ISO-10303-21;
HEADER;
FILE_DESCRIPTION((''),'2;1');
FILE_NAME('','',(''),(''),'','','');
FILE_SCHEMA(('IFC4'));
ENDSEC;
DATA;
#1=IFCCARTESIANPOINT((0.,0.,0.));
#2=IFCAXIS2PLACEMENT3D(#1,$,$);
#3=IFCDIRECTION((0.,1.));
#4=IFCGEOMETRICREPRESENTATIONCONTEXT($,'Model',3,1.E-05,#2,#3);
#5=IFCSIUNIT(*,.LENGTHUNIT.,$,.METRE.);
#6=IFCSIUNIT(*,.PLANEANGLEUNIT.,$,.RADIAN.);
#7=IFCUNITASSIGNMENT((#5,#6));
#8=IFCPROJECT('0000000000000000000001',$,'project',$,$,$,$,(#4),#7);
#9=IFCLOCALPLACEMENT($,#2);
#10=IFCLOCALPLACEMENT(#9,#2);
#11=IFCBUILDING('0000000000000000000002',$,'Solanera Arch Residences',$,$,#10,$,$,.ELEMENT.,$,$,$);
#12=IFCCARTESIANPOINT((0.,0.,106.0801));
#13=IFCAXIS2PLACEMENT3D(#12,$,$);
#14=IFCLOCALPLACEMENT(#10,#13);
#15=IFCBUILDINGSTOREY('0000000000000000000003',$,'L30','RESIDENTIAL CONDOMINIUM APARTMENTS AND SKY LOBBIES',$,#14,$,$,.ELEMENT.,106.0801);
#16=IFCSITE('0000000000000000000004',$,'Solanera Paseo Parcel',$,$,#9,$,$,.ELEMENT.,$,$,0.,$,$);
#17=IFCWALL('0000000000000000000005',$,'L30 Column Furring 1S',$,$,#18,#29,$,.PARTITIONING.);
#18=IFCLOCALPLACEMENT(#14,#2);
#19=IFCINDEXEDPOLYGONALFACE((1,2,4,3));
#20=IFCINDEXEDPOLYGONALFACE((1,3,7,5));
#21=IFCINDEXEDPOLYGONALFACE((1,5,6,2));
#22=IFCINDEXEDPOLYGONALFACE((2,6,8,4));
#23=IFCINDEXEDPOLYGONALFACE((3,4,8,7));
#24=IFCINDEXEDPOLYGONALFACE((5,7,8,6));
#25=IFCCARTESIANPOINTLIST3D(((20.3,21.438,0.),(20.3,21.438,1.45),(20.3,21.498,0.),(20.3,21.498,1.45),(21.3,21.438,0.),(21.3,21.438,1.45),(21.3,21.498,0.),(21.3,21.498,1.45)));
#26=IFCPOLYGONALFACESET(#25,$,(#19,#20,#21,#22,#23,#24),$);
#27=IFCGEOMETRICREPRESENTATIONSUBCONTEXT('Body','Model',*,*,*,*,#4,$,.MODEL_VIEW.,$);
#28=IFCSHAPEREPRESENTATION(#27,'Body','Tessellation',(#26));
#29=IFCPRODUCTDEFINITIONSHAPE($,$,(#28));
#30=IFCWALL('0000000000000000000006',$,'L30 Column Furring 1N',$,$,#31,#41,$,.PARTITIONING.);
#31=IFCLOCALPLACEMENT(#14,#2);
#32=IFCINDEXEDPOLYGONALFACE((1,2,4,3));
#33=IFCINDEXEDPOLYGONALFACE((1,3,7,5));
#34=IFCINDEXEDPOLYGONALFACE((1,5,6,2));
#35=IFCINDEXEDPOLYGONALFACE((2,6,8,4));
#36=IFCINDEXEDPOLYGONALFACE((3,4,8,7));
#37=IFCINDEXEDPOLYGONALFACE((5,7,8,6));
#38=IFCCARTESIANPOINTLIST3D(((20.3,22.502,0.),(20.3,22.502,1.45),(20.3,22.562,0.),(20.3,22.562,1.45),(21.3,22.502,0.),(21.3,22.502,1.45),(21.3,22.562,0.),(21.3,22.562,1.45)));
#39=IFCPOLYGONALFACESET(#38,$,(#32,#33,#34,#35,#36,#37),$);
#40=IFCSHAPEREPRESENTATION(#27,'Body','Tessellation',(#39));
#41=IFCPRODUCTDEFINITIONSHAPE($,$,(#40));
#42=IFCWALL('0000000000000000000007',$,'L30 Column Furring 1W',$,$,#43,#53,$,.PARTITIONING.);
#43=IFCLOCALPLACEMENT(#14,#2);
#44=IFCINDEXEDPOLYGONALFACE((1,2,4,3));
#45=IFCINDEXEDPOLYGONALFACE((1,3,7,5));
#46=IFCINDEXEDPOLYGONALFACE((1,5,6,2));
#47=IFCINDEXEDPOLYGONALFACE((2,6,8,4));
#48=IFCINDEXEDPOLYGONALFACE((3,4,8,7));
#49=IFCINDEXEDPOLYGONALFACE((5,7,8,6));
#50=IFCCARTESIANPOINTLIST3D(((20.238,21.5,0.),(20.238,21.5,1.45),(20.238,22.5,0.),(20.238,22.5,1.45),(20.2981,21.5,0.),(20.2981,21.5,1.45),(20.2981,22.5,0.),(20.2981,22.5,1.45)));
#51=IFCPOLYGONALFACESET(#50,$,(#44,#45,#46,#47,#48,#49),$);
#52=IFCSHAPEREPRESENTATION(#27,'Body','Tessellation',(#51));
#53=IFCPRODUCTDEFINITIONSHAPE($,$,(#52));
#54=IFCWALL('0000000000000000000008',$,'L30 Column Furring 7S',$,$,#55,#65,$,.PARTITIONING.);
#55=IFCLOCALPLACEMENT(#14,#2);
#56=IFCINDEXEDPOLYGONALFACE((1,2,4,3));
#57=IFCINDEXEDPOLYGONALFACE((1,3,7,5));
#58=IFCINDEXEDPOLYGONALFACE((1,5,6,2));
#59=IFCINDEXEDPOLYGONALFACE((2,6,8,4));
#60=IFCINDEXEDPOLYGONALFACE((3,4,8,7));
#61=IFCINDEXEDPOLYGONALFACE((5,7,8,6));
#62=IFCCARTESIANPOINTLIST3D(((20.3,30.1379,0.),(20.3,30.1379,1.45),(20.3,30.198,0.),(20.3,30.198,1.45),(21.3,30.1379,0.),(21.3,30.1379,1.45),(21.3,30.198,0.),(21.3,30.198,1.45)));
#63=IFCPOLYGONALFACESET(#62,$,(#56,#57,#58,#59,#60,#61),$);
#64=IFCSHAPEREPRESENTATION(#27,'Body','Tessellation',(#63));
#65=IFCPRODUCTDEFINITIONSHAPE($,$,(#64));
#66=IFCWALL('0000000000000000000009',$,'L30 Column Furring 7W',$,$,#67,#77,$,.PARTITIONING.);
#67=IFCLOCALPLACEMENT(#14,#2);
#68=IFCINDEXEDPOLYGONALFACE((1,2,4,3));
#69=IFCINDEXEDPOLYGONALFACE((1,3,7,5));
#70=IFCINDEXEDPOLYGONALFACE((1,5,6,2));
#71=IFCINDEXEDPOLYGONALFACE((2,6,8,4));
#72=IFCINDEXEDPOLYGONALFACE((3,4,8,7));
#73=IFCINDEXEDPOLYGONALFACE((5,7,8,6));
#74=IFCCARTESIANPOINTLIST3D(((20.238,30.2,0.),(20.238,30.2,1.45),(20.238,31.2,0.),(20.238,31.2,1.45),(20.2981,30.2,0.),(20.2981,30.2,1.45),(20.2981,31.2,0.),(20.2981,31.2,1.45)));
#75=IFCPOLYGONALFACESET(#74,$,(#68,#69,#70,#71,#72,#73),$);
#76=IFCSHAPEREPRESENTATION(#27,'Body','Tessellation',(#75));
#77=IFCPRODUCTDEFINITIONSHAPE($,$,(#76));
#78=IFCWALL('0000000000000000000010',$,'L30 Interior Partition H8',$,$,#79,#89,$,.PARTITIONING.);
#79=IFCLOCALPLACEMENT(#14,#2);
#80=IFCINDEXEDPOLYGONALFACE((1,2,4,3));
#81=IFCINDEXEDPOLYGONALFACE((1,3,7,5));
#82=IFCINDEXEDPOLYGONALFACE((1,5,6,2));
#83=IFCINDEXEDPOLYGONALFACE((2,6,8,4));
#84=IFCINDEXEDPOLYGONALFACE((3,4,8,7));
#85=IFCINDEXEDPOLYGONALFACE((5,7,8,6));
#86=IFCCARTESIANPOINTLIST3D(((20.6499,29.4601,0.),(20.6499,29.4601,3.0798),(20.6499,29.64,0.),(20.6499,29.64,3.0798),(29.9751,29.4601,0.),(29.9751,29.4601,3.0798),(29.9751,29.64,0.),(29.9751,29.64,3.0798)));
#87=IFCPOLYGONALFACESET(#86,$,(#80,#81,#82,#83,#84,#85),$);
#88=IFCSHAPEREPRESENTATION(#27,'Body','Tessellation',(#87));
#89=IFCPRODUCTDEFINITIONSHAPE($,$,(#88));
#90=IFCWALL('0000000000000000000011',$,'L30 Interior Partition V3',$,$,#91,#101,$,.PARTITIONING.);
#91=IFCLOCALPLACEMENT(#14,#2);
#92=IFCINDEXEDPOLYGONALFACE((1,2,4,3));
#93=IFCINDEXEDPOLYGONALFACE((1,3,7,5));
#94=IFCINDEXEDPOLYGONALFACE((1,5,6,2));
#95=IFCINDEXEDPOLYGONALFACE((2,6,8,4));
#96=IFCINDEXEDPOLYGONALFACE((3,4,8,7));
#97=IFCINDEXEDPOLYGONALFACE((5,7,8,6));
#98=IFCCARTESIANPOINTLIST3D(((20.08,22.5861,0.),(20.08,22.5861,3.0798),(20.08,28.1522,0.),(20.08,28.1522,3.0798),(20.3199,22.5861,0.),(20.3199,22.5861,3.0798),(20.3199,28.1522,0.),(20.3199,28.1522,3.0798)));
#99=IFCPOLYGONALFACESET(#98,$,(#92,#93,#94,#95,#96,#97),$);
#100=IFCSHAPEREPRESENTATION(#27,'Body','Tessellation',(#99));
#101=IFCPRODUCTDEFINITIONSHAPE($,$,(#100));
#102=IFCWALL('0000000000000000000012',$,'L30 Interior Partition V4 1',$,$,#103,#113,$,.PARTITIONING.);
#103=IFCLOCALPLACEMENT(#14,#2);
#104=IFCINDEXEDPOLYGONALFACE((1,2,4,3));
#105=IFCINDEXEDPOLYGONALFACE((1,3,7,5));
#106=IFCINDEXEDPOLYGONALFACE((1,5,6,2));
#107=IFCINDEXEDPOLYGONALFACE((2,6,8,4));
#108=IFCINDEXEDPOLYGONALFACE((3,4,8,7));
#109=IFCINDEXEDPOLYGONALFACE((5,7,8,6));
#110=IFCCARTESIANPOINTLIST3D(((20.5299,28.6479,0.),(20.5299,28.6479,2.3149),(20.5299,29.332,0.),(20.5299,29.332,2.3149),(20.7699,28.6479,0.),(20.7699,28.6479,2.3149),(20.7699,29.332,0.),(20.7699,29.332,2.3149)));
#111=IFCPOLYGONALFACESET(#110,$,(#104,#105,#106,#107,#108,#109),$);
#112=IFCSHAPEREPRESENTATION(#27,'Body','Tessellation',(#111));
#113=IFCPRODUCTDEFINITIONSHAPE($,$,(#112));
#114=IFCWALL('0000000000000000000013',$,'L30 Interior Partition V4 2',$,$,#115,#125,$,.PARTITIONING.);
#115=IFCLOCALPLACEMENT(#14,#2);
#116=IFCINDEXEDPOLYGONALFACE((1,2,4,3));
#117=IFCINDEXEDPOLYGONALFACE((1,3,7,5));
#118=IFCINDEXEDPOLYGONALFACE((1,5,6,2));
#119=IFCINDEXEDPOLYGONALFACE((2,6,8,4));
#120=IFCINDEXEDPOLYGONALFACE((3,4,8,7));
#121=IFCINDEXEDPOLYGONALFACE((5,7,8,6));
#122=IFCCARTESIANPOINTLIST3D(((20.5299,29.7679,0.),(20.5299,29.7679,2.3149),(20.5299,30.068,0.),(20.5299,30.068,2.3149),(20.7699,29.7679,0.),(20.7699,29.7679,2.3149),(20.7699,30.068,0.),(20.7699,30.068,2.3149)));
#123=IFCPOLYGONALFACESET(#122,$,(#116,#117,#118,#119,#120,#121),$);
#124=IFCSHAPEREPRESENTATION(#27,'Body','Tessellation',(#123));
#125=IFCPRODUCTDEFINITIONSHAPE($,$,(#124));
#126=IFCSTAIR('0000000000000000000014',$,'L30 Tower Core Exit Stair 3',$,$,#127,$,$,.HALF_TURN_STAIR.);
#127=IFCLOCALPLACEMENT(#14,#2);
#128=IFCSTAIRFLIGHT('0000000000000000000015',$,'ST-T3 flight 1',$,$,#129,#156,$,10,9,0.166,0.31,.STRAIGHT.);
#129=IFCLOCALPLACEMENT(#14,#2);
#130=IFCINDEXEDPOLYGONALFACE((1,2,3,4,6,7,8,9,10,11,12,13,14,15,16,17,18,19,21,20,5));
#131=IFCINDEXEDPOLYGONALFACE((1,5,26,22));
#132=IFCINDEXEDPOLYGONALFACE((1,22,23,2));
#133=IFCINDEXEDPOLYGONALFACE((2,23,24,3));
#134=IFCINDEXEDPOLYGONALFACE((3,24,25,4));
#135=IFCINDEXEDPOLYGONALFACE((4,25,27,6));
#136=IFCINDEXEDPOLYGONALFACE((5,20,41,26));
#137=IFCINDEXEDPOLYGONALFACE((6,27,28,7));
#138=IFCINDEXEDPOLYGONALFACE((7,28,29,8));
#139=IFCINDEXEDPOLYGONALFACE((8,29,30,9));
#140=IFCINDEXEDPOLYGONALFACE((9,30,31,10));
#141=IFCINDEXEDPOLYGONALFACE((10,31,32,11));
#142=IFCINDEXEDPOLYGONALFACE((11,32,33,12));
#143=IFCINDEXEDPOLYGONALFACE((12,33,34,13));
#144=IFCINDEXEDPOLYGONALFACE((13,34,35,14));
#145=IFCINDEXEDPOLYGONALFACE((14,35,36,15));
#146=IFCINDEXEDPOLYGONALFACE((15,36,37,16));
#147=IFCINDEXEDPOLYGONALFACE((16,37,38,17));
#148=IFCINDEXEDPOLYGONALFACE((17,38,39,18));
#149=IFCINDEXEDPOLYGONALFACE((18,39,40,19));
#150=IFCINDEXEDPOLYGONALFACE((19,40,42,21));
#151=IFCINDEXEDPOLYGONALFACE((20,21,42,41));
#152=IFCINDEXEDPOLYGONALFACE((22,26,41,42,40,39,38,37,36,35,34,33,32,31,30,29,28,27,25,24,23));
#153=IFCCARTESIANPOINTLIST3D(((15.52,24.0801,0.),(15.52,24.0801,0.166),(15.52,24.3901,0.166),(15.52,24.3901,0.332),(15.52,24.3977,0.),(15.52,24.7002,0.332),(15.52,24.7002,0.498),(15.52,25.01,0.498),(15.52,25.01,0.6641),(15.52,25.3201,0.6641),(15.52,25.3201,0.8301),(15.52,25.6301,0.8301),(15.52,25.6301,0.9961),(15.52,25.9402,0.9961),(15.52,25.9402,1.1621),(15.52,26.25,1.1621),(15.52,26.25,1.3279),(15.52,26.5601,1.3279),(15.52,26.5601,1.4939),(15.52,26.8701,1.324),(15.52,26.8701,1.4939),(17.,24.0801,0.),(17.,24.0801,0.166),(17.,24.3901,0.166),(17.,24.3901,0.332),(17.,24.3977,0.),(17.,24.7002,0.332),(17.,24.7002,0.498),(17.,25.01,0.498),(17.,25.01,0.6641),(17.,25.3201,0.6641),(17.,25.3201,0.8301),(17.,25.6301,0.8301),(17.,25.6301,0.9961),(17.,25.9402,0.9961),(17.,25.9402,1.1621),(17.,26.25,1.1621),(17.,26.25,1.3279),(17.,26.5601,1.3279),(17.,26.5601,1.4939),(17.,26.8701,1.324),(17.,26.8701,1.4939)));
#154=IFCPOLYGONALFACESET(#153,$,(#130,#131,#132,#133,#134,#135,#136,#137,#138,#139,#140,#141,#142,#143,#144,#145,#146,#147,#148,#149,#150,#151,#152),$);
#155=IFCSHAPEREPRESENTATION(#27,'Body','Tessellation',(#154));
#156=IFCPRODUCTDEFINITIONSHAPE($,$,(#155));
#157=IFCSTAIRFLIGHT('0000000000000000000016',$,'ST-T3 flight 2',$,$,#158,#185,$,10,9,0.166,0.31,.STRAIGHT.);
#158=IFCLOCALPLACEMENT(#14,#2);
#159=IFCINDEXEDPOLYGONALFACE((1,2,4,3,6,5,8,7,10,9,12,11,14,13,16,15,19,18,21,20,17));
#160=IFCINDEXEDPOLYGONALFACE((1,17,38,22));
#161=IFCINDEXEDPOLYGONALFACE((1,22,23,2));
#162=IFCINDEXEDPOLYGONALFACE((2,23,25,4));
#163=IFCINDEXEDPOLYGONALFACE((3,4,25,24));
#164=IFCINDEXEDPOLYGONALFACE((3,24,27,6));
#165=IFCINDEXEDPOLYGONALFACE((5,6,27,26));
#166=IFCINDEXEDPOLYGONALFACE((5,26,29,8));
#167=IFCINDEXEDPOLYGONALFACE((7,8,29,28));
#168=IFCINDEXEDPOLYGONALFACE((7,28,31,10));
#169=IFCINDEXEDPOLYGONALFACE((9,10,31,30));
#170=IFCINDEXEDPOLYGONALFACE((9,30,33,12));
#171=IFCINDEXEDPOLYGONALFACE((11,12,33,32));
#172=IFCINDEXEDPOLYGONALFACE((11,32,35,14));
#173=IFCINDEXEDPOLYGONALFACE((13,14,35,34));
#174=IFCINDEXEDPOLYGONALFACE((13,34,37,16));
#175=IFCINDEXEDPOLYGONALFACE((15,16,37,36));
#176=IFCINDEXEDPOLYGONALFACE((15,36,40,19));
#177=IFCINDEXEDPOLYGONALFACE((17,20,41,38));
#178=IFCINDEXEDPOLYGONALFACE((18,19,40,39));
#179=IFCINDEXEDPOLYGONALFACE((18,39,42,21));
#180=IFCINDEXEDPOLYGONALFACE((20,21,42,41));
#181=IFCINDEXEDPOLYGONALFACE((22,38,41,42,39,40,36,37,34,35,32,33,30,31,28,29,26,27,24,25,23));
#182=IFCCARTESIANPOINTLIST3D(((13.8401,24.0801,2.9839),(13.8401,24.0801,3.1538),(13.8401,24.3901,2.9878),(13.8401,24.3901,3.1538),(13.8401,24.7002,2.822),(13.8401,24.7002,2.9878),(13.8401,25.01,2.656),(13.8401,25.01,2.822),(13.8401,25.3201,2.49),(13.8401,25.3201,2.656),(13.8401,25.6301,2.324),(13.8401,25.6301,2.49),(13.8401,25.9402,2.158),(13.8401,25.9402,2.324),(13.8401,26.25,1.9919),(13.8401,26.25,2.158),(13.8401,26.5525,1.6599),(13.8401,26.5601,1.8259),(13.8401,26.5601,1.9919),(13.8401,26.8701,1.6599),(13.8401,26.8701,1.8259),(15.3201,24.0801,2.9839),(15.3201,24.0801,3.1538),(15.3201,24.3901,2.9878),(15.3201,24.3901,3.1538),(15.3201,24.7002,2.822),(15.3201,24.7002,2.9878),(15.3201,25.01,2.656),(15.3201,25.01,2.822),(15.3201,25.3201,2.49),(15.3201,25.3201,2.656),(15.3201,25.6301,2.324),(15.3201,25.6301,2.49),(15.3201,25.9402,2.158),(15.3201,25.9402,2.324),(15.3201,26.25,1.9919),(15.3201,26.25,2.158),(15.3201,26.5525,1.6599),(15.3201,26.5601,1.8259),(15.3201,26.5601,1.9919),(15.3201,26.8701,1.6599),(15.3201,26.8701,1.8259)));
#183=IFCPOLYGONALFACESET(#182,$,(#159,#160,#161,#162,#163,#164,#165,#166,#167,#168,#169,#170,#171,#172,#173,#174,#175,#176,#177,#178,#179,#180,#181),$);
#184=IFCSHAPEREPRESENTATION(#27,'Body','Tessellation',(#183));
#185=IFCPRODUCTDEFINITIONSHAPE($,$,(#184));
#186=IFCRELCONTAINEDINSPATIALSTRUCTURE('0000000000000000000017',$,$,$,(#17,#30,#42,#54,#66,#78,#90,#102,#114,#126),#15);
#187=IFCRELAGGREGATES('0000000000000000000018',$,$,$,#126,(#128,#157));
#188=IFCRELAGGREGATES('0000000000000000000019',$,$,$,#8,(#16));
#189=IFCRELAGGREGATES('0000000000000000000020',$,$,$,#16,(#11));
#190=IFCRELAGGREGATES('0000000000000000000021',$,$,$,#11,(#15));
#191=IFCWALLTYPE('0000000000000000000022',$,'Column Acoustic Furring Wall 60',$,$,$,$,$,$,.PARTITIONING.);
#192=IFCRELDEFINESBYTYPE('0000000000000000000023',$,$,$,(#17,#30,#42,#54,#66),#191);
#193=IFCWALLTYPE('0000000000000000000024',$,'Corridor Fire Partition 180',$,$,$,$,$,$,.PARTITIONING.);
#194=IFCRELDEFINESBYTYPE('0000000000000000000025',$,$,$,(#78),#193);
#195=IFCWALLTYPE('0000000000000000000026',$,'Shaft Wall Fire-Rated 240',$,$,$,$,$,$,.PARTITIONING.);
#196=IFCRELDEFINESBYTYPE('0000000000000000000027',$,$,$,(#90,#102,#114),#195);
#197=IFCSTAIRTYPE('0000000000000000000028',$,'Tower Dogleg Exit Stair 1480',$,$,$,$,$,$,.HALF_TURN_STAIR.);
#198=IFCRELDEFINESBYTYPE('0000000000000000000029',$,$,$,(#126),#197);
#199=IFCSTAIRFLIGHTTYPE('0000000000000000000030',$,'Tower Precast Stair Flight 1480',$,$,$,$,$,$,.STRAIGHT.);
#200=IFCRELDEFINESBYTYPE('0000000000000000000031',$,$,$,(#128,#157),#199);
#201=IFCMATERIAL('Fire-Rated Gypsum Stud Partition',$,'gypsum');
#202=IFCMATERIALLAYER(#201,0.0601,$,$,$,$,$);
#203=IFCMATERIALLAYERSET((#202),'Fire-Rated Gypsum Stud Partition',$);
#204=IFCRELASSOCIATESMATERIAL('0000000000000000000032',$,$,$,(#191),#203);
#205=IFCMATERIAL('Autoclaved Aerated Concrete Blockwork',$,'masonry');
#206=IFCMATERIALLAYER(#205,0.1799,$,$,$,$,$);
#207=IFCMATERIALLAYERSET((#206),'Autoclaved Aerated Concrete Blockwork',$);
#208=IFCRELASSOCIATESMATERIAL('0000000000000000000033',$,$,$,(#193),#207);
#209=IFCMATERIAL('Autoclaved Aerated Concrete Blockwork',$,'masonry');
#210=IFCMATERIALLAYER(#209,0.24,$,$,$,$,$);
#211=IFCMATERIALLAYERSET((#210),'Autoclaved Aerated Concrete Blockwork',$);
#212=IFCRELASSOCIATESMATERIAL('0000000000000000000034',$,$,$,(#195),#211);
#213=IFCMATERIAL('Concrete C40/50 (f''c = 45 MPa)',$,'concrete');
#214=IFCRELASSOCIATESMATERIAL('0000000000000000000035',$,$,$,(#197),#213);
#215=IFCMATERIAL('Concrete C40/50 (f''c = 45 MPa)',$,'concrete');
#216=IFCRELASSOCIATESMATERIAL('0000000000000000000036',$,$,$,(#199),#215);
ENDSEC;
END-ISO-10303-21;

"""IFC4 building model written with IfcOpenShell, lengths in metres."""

from ifc_helpers import new_model, si_unit, direction, frame, frame_2d, origin, place, context, subcontext, project, spatial, polyline, rectangle, outline, extrude, material, layer, layer_set, type_object, element, aggregate, save


model = new_model("IFC4")

# Units and contexts
model_context = context("Model", 3, precision=1e-05, world=origin(), true_north=direction((0.0, 1.0)))
body_context = subcontext(model_context, "Body", "Model", "MODEL_VIEW")
ifc_project = project(units=[si_unit("LENGTHUNIT", "METRE"), si_unit("PLANEANGLEUNIT", "RADIAN")], contexts=[model_context])

# Site, building, storey
site_placement = place(None, origin())
site = spatial("IfcSite", under=ifc_project, at=site_placement, Name="Solanera Paseo Parcel", CompositionType="ELEMENT", RefElevation=0.0)
building_placement = place(site_placement, origin())
building = spatial("IfcBuilding", under=site, at=building_placement, Name="Solanera Arch Residences", CompositionType="ELEMENT")
storey_placement = place(building_placement, frame((0.0, 0.0, 106.0801)))
storey = spatial("IfcBuildingStorey", under=building, at=storey_placement, Name="L30", Description="RESIDENTIAL CONDOMINIUM APARTMENTS AND SKY LOBBIES", CompositionType="ELEMENT", Elevation=106.0801)

# Walls
ifc_material_1 = material(Name="Fire-Rated Gypsum Stud Partition", Category="gypsum")
ifc_layer_1 = layer(ifc_material_1, 0.0601)
ifc_layer_set_1 = layer_set([ifc_layer_1], Name="Fire-Rated Gypsum Stud Partition")
wall_type_1 = type_object("IfcWallType", Name="Column Acoustic Furring Wall 60", PredefinedType="PARTITIONING", material=ifc_layer_set_1)
for number, where, z_axis, x_axis, name in (
    (1, (20.3, 21.468, 0.0), (0.0, 0.0, 1.0), (1.0, 0.0, 0.0), "L30 Column Furring 1S"),
    (2, (20.3, 22.532, 0.0), (0.0, 0.0, 1.0), (1.0, 0.0, 0.0), "L30 Column Furring 1N"),
    (3, (20.2681, 21.5, 0.0), (0.0, 0.0, 1.0), (0.0, 1.0, 0.0), "L30 Column Furring 1W"),
    (4, (20.3, 30.168, 0.0), (0.0, 0.0, 1.0), (1.0, 0.0, 0.0), "L30 Column Furring 7S"),
    (5, (20.2681, 30.2, 0.0), (0.0, 0.0, 1.0), (0.0, 1.0, 0.0), "L30 Column Furring 7W"),
):
    element("IfcWall", number, at=place(storey_placement, frame(where, z_axis=z_axis, x_axis=x_axis)), inside=storey, type_object=wall_type_1, Name=name, PredefinedType="PARTITIONING", context=body_context, shape_type="SweptSolid", body=[
        extrude(rectangle(XDim=1.0, YDim=0.0601, at=frame_2d((0.5, 0.0))), origin(), (0.0, 0.0, 1.0), 1.45),
    ])

# Wall
ifc_material_2 = material(Name="Autoclaved Aerated Concrete Blockwork", Category="masonry")
ifc_layer_2 = layer(ifc_material_2, 0.1799)
ifc_layer_set_2 = layer_set([ifc_layer_2], Name="Autoclaved Aerated Concrete Blockwork")
wall_type_2 = type_object("IfcWallType", Name="Corridor Fire Partition 180", PredefinedType="PARTITIONING", material=ifc_layer_set_2)
wall_1_placement = place(storey_placement, frame((20.6499, 29.55, 0.0), z_axis=(0.0, 0.0, 1.0), x_axis=(1.0, 0.0, 0.0)))
element("IfcWall", 6, at=wall_1_placement, inside=storey, type_object=wall_type_2, Name="L30 Interior Partition H8", PredefinedType="PARTITIONING", context=body_context, shape_type="SweptSolid", body=[
    extrude(rectangle(XDim=9.3252, YDim=0.1799, at=frame_2d((4.6626, 0.0))), origin(), (0.0, 0.0, 1.0), 3.0798),
])

# Shared definitions
ifc_material_3 = material(Name="Autoclaved Aerated Concrete Blockwork", Category="masonry")
ifc_layer_3 = layer(ifc_material_3, 0.24)
ifc_layer_set_3 = layer_set([ifc_layer_3], Name="Autoclaved Aerated Concrete Blockwork")
wall_type_3 = type_object("IfcWallType", Name="Shaft Wall Fire-Rated 240", PredefinedType="PARTITIONING", material=ifc_layer_set_3)

# Walls
wall_2_placement = place(storey_placement, frame((20.2, 22.5859, 0.0), z_axis=(0.0, 0.0, 1.0), x_axis=(0.0, 1.0, 0.0)))
element("IfcWall", 7, at=wall_2_placement, inside=storey, type_object=wall_type_3, Name="L30 Interior Partition V3", PredefinedType="PARTITIONING", context=body_context, shape_type="SweptSolid", body=[
    extrude(rectangle(XDim=5.5662, YDim=0.24, at=frame_2d((2.7832, 0.0))), origin(), (0.0, 0.0, 1.0), 3.0798),
])
wall_3_placement = place(storey_placement, frame((20.6499, 28.6479, 0.0), z_axis=(0.0, 0.0, 1.0), x_axis=(0.0, 1.0, 0.0)))
element("IfcWall", 8, at=wall_3_placement, inside=storey, type_object=wall_type_3, Name="L30 Interior Partition V4 1", PredefinedType="PARTITIONING", context=body_context, shape_type="SweptSolid", body=[
    extrude(rectangle(XDim=0.6841, YDim=0.24, at=frame_2d((0.342, 0.0))), origin(), (0.0, 0.0, 1.0), 2.3149),
])
wall_4_placement = place(storey_placement, frame((20.6499, 29.7681, 0.0), z_axis=(0.0, 0.0, 1.0), x_axis=(0.0, 1.0, 0.0)))
element("IfcWall", 9, at=wall_4_placement, inside=storey, type_object=wall_type_3, Name="L30 Interior Partition V4 2", PredefinedType="PARTITIONING", context=body_context, shape_type="SweptSolid", body=[
    extrude(rectangle(XDim=0.3, YDim=0.24, at=frame_2d((0.1499, 0.0))), origin(), (0.0, 0.0, 1.0), 2.3149),
])

# Stair, stair flights
ifc_material_4 = material(Name="Concrete C40/50 (f'c = 45 MPa)", Category="concrete")
stair_type = type_object("IfcStairType", Name="Tower Dogleg Exit Stair 1480", PredefinedType="HALF_TURN_STAIR", material=ifc_material_4)
stair_placement = place(storey_placement, origin())
stair = element("IfcStair", 10, at=stair_placement, inside=storey, type_object=stair_type, Name="L30 Tower Core Exit Stair 3", PredefinedType="HALF_TURN_STAIR")
ifc_material_5 = material(Name="Concrete C40/50 (f'c = 45 MPa)", Category="concrete")
stair_flight_type = type_object("IfcStairFlightType", Name="Tower Precast Stair Flight 1480", PredefinedType="STRAIGHT", material=ifc_material_5)
stair_flight_1_placement = place(storey_placement, frame((16.26, 24.0801, 0.0), z_axis=(0.0, 0.0, 1.0), x_axis=(0.0, 1.0, 0.0)))
stair_flight_1 = element("IfcStairFlight", 11, at=stair_flight_1_placement, type_object=stair_flight_type, Name="ST-T3 flight 1", NumberOfRisers=10, NumberOfTreads=9, PredefinedType="STRAIGHT", RiserHeight=0.166, TreadLength=0.31, context=body_context, shape_type="SweptSolid", body=[
    extrude(outline(polyline([(0.0, 0.0), (0.0, 0.166), (0.3101, 0.166), (0.3101, 0.332), (0.6201, 0.332), (0.6201, 0.498), (0.9299, 0.498), (0.9299, 0.6641), (1.24, 0.6641), (1.24, 0.8301), (1.55, 0.8301), (1.55, 0.9961), (1.8601, 0.9961), (1.8601, 1.1621), (2.1699, 1.1621), (2.1699, 1.3279), (2.48, 1.3279), (2.48, 1.4939), (2.79, 1.4939), (2.79, 1.6599), (2.79, 1.324), (0.3176, 0.0), (0.0, 0.0)])), frame((0.0, 0.74, 0.0), z_axis=(0.0, -1.0, 0.0), x_axis=(1.0, 0.0, 0.0)), (0.0, 0.0, 1.0), 1.48),
])
stair_flight_2_placement = place(storey_placement, frame((14.5801, 26.8701, 1.6599), z_axis=(0.0, 0.0, 1.0), x_axis=(0.0, -1.0, 0.0)))
stair_flight_2 = element("IfcStairFlight", 12, at=stair_flight_2_placement, type_object=stair_flight_type, Name="ST-T3 flight 2", NumberOfRisers=10, NumberOfTreads=9, PredefinedType="STRAIGHT", RiserHeight=0.166, TreadLength=0.31, context=body_context, shape_type="SweptSolid", body=[
    extrude(outline(polyline([(0.0, 0.0), (0.0, 0.166), (0.3101, 0.166), (0.3101, 0.332), (0.6201, 0.332), (0.6201, 0.498), (0.9299, 0.498), (0.9299, 0.6641), (1.24, 0.6641), (1.24, 0.8301), (1.55, 0.8301), (1.55, 0.9961), (1.8601, 0.9961), (1.8601, 1.1621), (2.1699, 1.1621), (2.1699, 1.3279), (2.48, 1.3279), (2.48, 1.4939), (2.79, 1.4939), (2.79, 1.6599), (2.79, 1.324), (0.3176, 0.0), (0.0, 0.0)])), frame((0.0, 0.74, 0.0), z_axis=(0.0, -1.0, 0.0), x_axis=(1.0, 0.0, 0.0)), (0.0, 0.0, 1.0), 1.48),
])
aggregate(stair, [stair_flight_1, stair_flight_2])

save(model, "model.ifc")
